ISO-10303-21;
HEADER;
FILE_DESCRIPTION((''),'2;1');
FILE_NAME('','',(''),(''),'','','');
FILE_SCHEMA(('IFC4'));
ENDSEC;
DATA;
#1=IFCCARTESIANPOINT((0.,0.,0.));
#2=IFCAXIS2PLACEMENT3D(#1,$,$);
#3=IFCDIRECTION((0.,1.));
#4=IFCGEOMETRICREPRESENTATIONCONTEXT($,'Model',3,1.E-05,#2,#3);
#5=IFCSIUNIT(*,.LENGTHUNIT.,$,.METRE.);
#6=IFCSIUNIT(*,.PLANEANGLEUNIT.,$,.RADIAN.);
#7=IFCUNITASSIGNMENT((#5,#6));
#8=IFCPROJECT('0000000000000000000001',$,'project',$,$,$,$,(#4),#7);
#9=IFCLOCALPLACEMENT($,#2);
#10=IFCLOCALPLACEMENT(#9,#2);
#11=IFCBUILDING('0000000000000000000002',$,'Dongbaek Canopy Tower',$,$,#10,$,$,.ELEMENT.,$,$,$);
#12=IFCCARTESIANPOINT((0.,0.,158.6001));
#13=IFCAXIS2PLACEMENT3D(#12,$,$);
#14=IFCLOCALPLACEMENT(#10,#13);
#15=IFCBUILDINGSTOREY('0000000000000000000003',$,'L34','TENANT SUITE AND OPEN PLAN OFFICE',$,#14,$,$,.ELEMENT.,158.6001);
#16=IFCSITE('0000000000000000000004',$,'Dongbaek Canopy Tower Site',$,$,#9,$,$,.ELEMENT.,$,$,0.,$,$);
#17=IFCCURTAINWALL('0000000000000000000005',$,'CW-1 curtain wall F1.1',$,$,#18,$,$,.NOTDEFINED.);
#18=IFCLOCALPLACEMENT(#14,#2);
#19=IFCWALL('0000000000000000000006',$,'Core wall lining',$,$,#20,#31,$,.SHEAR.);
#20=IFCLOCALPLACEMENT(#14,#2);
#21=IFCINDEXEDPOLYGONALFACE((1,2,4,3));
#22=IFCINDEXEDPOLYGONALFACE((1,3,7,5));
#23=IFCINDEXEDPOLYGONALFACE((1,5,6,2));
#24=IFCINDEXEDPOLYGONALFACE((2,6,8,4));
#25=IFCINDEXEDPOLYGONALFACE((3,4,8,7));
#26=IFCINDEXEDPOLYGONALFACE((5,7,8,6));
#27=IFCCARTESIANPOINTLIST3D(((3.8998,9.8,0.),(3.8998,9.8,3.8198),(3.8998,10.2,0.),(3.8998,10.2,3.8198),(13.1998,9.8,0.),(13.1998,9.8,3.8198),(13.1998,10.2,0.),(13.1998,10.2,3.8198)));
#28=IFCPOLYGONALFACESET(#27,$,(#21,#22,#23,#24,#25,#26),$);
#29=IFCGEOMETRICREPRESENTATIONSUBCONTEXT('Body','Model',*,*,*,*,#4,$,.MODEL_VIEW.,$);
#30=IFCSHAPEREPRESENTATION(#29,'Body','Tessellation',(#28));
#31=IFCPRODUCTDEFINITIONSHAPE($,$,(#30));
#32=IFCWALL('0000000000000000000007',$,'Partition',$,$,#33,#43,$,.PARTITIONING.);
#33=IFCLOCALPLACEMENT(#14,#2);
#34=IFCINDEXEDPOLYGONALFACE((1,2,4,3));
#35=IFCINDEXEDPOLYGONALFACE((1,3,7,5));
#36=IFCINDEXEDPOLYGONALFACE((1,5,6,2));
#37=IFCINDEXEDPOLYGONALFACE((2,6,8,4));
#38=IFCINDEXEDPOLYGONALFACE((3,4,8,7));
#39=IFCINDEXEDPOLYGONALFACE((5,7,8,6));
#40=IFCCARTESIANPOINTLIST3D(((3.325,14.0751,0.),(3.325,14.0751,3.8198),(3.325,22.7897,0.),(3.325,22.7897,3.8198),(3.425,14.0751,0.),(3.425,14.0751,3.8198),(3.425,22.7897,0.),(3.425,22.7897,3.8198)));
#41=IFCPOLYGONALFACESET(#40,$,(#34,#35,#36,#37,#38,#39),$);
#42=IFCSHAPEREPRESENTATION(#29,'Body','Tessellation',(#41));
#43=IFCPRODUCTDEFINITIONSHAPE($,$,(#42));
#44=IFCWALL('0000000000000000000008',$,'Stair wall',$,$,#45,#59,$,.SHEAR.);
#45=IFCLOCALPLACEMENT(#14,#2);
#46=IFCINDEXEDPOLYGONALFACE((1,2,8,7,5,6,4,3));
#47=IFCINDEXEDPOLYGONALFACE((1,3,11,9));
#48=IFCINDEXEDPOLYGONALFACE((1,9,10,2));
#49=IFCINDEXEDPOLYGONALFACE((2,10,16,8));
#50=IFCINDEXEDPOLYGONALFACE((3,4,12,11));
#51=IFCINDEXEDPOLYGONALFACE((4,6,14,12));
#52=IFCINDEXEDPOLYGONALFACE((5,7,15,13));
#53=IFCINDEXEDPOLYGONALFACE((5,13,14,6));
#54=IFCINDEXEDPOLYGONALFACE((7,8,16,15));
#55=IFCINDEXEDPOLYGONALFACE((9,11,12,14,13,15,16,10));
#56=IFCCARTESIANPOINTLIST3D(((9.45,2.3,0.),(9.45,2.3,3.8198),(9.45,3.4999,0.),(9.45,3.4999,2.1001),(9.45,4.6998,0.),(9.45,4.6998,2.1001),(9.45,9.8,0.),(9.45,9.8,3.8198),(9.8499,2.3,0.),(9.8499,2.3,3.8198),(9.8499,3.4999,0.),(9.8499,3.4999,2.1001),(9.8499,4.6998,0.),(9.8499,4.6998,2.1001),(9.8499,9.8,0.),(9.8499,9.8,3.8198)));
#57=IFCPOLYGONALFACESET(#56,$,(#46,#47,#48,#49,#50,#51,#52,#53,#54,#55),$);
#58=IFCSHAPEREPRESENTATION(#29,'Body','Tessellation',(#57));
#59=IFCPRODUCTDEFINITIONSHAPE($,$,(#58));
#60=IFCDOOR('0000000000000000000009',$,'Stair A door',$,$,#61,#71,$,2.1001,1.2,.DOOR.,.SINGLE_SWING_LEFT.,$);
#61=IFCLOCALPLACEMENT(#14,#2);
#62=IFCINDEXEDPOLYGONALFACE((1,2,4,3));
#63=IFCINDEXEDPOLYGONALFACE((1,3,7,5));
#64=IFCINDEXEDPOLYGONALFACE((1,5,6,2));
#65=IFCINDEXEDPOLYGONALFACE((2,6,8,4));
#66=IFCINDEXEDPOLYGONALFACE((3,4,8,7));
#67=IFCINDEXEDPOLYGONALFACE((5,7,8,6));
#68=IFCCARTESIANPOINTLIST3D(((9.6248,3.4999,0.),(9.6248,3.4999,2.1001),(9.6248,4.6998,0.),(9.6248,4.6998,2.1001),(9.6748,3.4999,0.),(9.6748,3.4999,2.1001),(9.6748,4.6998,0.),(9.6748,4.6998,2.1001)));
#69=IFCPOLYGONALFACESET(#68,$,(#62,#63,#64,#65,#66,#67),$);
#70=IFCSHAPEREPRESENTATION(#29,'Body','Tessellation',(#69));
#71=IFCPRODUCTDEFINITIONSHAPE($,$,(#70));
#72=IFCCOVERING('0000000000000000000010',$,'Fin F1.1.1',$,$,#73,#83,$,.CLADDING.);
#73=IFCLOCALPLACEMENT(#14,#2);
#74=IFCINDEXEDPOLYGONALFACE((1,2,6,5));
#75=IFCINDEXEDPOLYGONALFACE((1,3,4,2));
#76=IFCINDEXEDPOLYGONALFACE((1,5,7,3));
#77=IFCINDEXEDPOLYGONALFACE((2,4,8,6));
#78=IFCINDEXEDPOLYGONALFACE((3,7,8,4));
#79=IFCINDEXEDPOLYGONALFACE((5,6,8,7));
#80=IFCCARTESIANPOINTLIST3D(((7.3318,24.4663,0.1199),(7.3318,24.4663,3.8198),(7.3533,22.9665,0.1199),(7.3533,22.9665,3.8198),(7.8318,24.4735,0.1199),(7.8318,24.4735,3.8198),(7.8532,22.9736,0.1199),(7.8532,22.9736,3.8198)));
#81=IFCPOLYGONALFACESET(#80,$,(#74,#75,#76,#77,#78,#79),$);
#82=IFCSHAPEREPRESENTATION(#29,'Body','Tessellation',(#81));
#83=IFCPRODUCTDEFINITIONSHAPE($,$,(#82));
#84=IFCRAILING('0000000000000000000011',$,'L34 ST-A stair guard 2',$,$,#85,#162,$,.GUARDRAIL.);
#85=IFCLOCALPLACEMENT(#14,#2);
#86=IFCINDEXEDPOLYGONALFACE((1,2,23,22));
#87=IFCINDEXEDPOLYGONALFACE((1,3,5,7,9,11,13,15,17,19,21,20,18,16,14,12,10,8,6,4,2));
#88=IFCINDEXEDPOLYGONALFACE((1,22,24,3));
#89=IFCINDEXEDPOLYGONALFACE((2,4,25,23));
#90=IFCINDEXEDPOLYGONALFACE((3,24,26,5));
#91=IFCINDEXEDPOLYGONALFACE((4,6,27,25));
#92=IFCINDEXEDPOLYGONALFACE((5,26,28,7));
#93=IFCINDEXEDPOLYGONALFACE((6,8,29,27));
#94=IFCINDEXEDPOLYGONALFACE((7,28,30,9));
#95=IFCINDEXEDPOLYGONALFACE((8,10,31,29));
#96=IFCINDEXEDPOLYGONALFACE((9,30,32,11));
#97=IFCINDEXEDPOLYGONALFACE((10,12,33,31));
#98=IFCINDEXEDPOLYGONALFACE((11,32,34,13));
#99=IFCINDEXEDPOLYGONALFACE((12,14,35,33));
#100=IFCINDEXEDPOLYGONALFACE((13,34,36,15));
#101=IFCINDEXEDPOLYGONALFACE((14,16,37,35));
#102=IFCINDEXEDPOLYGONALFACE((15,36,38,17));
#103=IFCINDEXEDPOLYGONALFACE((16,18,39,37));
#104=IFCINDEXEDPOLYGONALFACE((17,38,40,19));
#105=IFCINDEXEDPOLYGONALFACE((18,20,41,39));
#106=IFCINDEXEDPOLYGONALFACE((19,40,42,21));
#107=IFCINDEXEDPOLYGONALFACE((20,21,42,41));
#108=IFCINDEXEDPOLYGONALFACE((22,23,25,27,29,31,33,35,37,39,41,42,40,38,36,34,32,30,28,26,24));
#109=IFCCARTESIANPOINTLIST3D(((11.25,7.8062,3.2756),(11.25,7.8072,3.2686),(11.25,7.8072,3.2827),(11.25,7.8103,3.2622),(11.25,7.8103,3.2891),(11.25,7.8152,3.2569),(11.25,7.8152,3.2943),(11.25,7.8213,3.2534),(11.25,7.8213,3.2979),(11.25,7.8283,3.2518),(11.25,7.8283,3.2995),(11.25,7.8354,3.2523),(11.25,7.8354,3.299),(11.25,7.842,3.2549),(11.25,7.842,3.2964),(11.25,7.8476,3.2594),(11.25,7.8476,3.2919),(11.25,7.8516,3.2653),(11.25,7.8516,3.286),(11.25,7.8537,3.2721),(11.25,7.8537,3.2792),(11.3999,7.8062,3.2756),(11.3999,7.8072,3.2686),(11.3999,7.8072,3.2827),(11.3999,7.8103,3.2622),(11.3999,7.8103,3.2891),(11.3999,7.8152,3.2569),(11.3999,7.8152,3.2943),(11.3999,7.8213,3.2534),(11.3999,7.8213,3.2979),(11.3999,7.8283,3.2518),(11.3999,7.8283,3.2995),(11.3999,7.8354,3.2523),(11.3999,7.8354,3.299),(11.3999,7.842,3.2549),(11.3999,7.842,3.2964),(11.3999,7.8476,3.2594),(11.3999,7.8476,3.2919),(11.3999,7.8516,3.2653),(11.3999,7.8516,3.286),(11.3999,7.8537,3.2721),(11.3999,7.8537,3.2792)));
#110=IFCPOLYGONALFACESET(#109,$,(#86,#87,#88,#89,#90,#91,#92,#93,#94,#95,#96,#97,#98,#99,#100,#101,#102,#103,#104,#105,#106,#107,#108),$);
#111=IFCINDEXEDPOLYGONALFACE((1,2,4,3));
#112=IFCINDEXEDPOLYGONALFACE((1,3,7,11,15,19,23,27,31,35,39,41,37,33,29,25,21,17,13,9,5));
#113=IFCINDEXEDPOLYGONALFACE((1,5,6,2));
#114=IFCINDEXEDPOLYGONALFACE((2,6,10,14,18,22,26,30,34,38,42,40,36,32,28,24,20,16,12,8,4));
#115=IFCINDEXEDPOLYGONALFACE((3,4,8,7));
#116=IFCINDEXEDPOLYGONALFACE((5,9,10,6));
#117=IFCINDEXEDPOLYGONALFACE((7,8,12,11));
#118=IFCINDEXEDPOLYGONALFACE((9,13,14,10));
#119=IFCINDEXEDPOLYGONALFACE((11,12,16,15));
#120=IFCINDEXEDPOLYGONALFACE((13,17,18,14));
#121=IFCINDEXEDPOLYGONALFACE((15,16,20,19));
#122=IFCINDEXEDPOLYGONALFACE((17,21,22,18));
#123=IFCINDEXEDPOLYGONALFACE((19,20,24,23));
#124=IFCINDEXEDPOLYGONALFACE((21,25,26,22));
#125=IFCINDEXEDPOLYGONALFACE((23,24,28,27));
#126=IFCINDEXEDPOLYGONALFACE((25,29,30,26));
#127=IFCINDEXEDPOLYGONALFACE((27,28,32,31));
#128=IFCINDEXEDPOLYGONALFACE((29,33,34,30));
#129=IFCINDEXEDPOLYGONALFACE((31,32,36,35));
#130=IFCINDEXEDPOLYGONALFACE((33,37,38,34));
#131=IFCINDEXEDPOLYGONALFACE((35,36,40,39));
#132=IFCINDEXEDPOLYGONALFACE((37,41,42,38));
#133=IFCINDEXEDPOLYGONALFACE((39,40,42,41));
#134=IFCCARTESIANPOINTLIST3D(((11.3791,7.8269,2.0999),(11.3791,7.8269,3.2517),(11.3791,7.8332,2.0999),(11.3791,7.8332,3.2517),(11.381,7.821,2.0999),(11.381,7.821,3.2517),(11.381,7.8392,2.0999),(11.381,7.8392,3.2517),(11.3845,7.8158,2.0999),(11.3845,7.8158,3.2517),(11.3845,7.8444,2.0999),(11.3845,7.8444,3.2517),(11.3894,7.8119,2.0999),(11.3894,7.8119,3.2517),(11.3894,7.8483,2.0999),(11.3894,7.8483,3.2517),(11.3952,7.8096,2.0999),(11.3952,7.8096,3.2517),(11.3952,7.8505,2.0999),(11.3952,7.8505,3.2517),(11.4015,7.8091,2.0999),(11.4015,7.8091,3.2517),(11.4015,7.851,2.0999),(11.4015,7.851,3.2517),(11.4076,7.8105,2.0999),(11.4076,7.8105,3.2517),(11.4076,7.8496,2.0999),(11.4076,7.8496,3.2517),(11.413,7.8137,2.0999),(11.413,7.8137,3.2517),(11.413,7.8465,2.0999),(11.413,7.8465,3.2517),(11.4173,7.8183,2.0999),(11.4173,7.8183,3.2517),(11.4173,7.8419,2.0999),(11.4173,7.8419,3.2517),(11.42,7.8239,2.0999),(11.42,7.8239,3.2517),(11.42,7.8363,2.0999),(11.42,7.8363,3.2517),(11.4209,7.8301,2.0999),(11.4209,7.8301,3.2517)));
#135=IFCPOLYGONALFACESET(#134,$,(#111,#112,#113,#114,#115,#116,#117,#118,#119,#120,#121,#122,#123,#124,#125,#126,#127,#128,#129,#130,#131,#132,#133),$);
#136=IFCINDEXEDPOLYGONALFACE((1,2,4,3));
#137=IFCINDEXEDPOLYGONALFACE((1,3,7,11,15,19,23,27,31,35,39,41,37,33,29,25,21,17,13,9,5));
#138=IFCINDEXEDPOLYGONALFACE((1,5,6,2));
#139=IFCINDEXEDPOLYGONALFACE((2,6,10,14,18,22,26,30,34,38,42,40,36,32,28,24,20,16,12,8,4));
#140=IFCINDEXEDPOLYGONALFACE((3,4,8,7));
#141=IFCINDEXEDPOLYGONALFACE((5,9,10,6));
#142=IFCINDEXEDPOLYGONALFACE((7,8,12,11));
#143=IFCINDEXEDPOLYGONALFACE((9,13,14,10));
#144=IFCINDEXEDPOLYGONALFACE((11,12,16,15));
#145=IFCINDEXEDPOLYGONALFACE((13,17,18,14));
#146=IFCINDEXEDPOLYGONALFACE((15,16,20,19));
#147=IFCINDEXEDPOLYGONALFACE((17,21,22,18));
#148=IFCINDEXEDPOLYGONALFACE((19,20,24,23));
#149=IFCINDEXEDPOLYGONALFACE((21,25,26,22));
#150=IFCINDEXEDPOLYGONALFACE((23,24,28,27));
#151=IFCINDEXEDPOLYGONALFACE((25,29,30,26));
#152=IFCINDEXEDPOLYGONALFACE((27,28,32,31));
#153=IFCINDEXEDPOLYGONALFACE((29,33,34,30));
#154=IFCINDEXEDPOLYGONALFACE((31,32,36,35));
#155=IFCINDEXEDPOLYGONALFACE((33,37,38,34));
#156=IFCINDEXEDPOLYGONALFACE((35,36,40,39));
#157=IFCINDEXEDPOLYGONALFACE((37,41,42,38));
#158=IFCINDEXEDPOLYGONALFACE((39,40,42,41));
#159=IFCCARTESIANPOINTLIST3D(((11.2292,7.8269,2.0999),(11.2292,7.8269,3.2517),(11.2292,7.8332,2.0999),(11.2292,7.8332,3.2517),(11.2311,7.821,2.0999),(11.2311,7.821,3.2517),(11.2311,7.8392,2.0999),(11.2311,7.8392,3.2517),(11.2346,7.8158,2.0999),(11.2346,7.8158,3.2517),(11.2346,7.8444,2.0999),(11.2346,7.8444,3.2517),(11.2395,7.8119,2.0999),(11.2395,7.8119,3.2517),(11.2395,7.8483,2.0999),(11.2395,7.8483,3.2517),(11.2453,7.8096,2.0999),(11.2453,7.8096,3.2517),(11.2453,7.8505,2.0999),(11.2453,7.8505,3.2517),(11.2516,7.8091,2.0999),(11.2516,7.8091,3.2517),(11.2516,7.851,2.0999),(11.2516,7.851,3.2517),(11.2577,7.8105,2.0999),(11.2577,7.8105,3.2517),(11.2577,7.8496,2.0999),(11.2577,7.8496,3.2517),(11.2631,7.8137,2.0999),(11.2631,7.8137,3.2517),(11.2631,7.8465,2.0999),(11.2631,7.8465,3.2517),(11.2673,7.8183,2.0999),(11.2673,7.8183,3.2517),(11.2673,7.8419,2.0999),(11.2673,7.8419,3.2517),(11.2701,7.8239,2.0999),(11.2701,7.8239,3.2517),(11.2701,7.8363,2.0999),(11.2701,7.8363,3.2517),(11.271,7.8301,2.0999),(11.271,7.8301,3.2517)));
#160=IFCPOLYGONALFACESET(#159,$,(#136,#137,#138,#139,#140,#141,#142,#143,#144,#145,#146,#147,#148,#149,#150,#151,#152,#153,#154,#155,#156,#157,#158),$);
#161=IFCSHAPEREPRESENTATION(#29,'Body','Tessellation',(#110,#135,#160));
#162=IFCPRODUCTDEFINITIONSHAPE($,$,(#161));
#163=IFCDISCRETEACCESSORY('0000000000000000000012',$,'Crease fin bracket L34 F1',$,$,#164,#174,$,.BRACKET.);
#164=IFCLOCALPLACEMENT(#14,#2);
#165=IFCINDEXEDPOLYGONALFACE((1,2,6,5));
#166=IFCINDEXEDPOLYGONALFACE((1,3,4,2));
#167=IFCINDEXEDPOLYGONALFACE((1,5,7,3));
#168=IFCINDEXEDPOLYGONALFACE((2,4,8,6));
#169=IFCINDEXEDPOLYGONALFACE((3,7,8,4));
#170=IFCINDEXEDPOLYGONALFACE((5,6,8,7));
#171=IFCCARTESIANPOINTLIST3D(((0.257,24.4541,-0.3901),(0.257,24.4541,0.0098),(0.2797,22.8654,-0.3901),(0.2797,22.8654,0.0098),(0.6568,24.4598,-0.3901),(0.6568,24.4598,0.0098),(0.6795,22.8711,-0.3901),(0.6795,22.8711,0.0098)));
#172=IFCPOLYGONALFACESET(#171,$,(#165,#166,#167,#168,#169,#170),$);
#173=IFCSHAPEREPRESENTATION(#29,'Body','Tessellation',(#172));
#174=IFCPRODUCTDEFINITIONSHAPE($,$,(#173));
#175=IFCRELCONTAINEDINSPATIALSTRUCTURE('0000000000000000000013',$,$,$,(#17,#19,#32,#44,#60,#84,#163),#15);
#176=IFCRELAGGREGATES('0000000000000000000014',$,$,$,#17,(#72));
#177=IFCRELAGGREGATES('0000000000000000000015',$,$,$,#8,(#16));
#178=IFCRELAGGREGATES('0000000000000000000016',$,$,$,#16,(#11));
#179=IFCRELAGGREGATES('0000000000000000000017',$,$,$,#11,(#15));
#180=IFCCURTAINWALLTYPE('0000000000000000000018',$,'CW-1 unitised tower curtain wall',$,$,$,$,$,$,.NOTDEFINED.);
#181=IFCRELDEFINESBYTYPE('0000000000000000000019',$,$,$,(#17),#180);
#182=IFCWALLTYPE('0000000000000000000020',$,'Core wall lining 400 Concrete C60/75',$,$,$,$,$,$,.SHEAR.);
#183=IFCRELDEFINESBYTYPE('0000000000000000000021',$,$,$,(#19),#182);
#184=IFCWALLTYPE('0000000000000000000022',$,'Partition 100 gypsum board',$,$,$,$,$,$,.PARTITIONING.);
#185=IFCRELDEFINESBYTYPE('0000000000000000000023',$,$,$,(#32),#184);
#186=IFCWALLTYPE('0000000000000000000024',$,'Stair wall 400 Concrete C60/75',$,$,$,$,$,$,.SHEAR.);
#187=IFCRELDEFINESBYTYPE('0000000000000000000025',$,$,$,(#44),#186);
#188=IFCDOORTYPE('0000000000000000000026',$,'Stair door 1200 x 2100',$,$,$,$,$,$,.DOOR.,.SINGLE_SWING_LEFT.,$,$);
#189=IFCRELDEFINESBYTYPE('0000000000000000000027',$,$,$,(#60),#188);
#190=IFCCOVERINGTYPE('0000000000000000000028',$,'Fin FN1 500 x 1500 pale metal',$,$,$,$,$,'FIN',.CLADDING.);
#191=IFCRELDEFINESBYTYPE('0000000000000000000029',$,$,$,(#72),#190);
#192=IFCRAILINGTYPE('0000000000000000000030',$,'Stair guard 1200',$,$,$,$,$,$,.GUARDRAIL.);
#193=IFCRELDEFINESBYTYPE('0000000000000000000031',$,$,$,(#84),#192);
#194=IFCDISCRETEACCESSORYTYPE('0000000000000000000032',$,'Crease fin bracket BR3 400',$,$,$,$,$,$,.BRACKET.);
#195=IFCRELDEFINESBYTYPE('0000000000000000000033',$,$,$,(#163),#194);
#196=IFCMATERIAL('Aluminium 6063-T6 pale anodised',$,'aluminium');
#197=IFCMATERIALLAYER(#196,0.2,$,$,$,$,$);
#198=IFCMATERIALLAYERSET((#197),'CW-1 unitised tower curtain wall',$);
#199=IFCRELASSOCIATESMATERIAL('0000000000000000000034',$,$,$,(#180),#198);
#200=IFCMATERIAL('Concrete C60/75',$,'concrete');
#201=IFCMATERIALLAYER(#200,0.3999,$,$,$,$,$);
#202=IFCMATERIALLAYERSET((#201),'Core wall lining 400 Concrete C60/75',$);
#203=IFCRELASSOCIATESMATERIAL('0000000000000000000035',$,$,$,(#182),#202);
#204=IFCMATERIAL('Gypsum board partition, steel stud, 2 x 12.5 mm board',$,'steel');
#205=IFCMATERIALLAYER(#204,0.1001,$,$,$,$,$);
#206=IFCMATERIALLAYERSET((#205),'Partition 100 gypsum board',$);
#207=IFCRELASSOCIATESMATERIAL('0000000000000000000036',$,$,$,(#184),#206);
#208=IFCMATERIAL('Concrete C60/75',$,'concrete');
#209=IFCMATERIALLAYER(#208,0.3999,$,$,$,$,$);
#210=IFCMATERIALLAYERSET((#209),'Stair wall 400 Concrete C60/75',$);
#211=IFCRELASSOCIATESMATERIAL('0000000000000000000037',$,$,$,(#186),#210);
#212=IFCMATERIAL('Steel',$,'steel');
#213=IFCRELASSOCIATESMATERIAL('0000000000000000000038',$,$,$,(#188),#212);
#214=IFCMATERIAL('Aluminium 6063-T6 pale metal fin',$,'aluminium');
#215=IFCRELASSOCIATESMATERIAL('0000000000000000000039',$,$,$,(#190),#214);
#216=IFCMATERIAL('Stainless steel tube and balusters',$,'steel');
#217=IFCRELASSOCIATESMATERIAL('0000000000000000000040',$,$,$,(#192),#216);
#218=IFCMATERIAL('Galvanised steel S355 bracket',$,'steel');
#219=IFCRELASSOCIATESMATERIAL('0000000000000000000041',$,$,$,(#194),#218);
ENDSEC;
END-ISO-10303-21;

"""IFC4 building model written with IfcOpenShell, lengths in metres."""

from ifc_helpers import new_model, si_unit, direction, frame, frame_2d, origin, origin_2d, place, context, subcontext, project, spatial, rectangle, circle, extrude, material, layer, layer_set, material_profile, profile_set, type_object, element, fill, aggregate, save


model = new_model("IFC4")

# Units and contexts
model_context = context("Model", 3, precision=1e-05, world=origin(), true_north=direction((0.0, 1.0)))
body_context = subcontext(model_context, "Body", "Model", "MODEL_VIEW")
ifc_project = project(units=[si_unit("LENGTHUNIT", "METRE"), si_unit("PLANEANGLEUNIT", "RADIAN")], contexts=[model_context])

# Site, building, storey
site_placement = place(None, origin())
site = spatial("IfcSite", under=ifc_project, at=site_placement, Name="Dongbaek Canopy Tower Site", CompositionType="ELEMENT", RefElevation=0.0)
building_placement = place(site_placement, origin())
building = spatial("IfcBuilding", under=site, at=building_placement, Name="Dongbaek Canopy Tower", CompositionType="ELEMENT")
storey_placement = place(building_placement, frame((0.0, 0.0, 158.6001)))
storey = spatial("IfcBuildingStorey", under=building, at=storey_placement, Name="L34", Description="TENANT SUITE AND OPEN PLAN OFFICE", CompositionType="ELEMENT", Elevation=158.6001)

# Shared definitions
ifc_material_1 = material(Name="Aluminium 6063-T6 pale anodised", Category="aluminium")
ifc_layer_1 = layer(ifc_material_1, 0.2)
ifc_layer_set_1 = layer_set([ifc_layer_1], Name="CW-1 unitised tower curtain wall")
curtain_wall_type = type_object("IfcCurtainWallType", Name="CW-1 unitised tower curtain wall", PredefinedType="NOTDEFINED", material=ifc_layer_set_1)

# Curtain wall
curtain_wall_1_placement = place(storey_placement, origin())
curtain_wall_1 = element("IfcCurtainWall", 1, at=curtain_wall_1_placement, inside=storey, type_object=curtain_wall_type, Name="CW-1 curtain wall F1.1", PredefinedType="NOTDEFINED")

# Walls
ifc_material_2 = material(Name="Concrete C60/75", Category="concrete")
ifc_layer_2 = layer(ifc_material_2, 0.3999)
ifc_layer_set_2 = layer_set([ifc_layer_2], Name="Core wall lining 400 Concrete C60/75")
wall_type_1 = type_object("IfcWallType", Name="Core wall lining 400 Concrete C60/75", PredefinedType="SHEAR", material=ifc_layer_set_2)
wall_1_placement = place(storey_placement, frame((3.8999, 10.0, 0.0), z_axis=(0.0, 0.0, 1.0), x_axis=(1.0, 0.0, 0.0)))
element("IfcWall", 2, at=wall_1_placement, inside=storey, type_object=wall_type_1, Name="Core wall lining", PredefinedType="SHEAR", context=body_context, shape_type="SweptSolid", body=[
    extrude(rectangle(XDim=9.3, YDim=0.3999, at=frame_2d((4.6499, 0.0))), origin(), (0.0, 0.0, 1.0), 3.8198),
])
ifc_material_3 = material(Name="Gypsum board partition, steel stud, 2 x 12.5 mm board", Category="steel")
ifc_layer_3 = layer(ifc_material_3, 0.1001)
ifc_layer_set_3 = layer_set([ifc_layer_3], Name="Partition 100 gypsum board")
wall_type_2 = type_object("IfcWallType", Name="Partition 100 gypsum board", PredefinedType="PARTITIONING", material=ifc_layer_set_3)
wall_2_placement = place(storey_placement, frame((3.375, 14.075, 0.0), z_axis=(0.0, 0.0, 1.0), x_axis=(0.0, 1.0, 0.0)))
element("IfcWall", 3, at=wall_2_placement, inside=storey, type_object=wall_type_2, Name="Partition", PredefinedType="PARTITIONING", context=body_context, shape_type="SweptSolid", body=[
    extrude(rectangle(XDim=8.7146, YDim=0.1001, at=frame_2d((4.3574, 0.0))), origin(), (0.0, 0.0, 1.0), 3.8198),
])

# Wall, opening, door
ifc_material_4 = material(Name="Concrete C60/75", Category="concrete")
ifc_layer_4 = layer(ifc_material_4, 0.3999)
ifc_layer_set_4 = layer_set([ifc_layer_4], Name="Stair wall 400 Concrete C60/75")
wall_type_3 = type_object("IfcWallType", Name="Stair wall 400 Concrete C60/75", PredefinedType="SHEAR", material=ifc_layer_set_4)
wall_3_placement = place(storey_placement, frame((9.6499, 9.8, 0.0), z_axis=(0.0, 0.0, 1.0), x_axis=(0.0, -1.0, 0.0)))
wall_3 = element("IfcWall", 4, at=wall_3_placement, inside=storey, type_object=wall_type_3, Name="Stair wall", PredefinedType="SHEAR", context=body_context, shape_type="SweptSolid", body=[
    extrude(rectangle(XDim=7.5, YDim=0.3999, at=frame_2d((3.75, 0.0))), origin(), (0.0, 0.0, 1.0), 3.8198),
])
opening_placement = place(wall_3_placement, frame((5.1001, 0.0, 0.0)))
opening = element("IfcOpeningElement", 5, at=opening_placement, cuts=wall_3, PredefinedType="OPENING", context=body_context, shape_type="SweptSolid", body=[
    extrude(rectangle(XDim=1.2, YDim=2.1001, at=frame_2d((0.6001, 1.05))), frame((0.0, 0.21, 0.0), z_axis=(0.0, -1.0, 0.0), x_axis=(1.0, 0.0, 0.0)), (0.0, 0.0, 1.0), 0.4199),
])
ifc_material_5 = material(Name="Steel", Category="steel")
door_type = type_object("IfcDoorType", Name="Stair door 1200 x 2100", OperationType="SINGLE_SWING_LEFT", PredefinedType="DOOR", material=ifc_material_5)
door_placement = place(opening_placement, origin())
door = element("IfcDoor", 6, at=door_placement, inside=storey, type_object=door_type, Name="Stair A door", OperationType="SINGLE_SWING_LEFT", OverallHeight=2.1001, OverallWidth=1.2, PredefinedType="DOOR", context=body_context, shape_type="SweptSolid", body=[
    extrude(rectangle(XDim=1.2, YDim=2.1001, at=frame_2d((0.6001, 1.05))), frame((0.0, 0.0249, 0.0), z_axis=(0.0, -1.0, 0.0), x_axis=(1.0, 0.0, 0.0)), (0.0, 0.0, 1.0), 0.05),
])
fill(opening, door)

# Covering
ifc_material_6 = material(Name="Aluminium 6063-T6 pale metal fin", Category="aluminium")
ifc_material_profile_1 = material_profile(ifc_material_6, rectangle(XDim=1.5, YDim=0.5, at=origin_2d()), Name="Fin FN1 500 x 1500 pale metal")
ifc_profile_set_1 = profile_set([ifc_material_profile_1], Name="Aluminium 6063-T6 pale metal fin")
covering_type = type_object("IfcCoveringType", Name="Fin FN1 500 x 1500 pale metal", ElementType="FIN", PredefinedType="CLADDING", material=ifc_profile_set_1)
covering_placement = place(storey_placement, frame((7.5925, 23.72, 0.1199), z_axis=(0.0, 0.0, 1.0), x_axis=(-0.014277, 0.999898, 0.0)))
covering = element("IfcCovering", 7, at=covering_placement, type_object=covering_type, Name="Fin F1.1.1", PredefinedType="CLADDING", context=body_context, shape_type="SweptSolid", body=[
    extrude(rectangle(XDim=1.5, YDim=0.5, at=origin_2d()), origin(), (0.0, 0.0, 1.0), 3.7),
])
aggregate(curtain_wall_1, [covering])

# Railing
ifc_material_7 = material(Name="Stainless steel tube and balusters", Category="steel")
railing_type = type_object("IfcRailingType", Name="Stair guard 1200", PredefinedType="GUARDRAIL", material=ifc_material_7)
railing_placement = place(storey_placement, frame((11.3999, 7.8301, 2.0999)))
element("IfcRailing", 8, at=railing_placement, inside=storey, type_object=railing_type, Name="L34 ST-A stair guard 2", PredefinedType="GUARDRAIL", context=body_context, shape_type="SweptSolid", body=[
    extrude(circle(Radius=0.0239, at=origin_2d()), frame((0.0, 0.0, 1.1758), z_axis=(-1.0, 0.0, 0.0), x_axis=(0.0, -1.0, 0.0)), (0.0, 0.0, 1.0), 0.1499),
    extrude(circle(Radius=0.021, at=origin_2d()), origin(), (0.0, 0.0, 1.0), 1.1519),
    extrude(circle(Radius=0.021, at=origin_2d()), frame((-0.1499, 0.0, 0.0)), (0.0, 0.0, 1.0), 1.1519),
])

# Discrete accessory
ifc_material_8 = material(Name="Galvanised steel S355 bracket", Category="steel")
discrete_accessory_type = type_object("IfcDiscreteAccessoryType", Name="Crease fin bracket BR3 400", PredefinedType="BRACKET", material=ifc_material_8)
discrete_accessory_placement = place(storey_placement, frame((0.4683, 23.6626, -0.3901), z_axis=(0.0, 0.0, 1.0), x_axis=(-0.014278, 0.999898, 0.0)))
element("IfcDiscreteAccessory", 9, at=discrete_accessory_placement, inside=storey, type_object=discrete_accessory_type, Name="Crease fin bracket L34 F1", PredefinedType="BRACKET", context=body_context, shape_type="SweptSolid", body=[
    extrude(rectangle(XDim=1.5889, YDim=0.3999, at=origin_2d()), origin(), (0.0, 0.0, 1.0), 0.3999),
])

save(model, "model.ifc")
